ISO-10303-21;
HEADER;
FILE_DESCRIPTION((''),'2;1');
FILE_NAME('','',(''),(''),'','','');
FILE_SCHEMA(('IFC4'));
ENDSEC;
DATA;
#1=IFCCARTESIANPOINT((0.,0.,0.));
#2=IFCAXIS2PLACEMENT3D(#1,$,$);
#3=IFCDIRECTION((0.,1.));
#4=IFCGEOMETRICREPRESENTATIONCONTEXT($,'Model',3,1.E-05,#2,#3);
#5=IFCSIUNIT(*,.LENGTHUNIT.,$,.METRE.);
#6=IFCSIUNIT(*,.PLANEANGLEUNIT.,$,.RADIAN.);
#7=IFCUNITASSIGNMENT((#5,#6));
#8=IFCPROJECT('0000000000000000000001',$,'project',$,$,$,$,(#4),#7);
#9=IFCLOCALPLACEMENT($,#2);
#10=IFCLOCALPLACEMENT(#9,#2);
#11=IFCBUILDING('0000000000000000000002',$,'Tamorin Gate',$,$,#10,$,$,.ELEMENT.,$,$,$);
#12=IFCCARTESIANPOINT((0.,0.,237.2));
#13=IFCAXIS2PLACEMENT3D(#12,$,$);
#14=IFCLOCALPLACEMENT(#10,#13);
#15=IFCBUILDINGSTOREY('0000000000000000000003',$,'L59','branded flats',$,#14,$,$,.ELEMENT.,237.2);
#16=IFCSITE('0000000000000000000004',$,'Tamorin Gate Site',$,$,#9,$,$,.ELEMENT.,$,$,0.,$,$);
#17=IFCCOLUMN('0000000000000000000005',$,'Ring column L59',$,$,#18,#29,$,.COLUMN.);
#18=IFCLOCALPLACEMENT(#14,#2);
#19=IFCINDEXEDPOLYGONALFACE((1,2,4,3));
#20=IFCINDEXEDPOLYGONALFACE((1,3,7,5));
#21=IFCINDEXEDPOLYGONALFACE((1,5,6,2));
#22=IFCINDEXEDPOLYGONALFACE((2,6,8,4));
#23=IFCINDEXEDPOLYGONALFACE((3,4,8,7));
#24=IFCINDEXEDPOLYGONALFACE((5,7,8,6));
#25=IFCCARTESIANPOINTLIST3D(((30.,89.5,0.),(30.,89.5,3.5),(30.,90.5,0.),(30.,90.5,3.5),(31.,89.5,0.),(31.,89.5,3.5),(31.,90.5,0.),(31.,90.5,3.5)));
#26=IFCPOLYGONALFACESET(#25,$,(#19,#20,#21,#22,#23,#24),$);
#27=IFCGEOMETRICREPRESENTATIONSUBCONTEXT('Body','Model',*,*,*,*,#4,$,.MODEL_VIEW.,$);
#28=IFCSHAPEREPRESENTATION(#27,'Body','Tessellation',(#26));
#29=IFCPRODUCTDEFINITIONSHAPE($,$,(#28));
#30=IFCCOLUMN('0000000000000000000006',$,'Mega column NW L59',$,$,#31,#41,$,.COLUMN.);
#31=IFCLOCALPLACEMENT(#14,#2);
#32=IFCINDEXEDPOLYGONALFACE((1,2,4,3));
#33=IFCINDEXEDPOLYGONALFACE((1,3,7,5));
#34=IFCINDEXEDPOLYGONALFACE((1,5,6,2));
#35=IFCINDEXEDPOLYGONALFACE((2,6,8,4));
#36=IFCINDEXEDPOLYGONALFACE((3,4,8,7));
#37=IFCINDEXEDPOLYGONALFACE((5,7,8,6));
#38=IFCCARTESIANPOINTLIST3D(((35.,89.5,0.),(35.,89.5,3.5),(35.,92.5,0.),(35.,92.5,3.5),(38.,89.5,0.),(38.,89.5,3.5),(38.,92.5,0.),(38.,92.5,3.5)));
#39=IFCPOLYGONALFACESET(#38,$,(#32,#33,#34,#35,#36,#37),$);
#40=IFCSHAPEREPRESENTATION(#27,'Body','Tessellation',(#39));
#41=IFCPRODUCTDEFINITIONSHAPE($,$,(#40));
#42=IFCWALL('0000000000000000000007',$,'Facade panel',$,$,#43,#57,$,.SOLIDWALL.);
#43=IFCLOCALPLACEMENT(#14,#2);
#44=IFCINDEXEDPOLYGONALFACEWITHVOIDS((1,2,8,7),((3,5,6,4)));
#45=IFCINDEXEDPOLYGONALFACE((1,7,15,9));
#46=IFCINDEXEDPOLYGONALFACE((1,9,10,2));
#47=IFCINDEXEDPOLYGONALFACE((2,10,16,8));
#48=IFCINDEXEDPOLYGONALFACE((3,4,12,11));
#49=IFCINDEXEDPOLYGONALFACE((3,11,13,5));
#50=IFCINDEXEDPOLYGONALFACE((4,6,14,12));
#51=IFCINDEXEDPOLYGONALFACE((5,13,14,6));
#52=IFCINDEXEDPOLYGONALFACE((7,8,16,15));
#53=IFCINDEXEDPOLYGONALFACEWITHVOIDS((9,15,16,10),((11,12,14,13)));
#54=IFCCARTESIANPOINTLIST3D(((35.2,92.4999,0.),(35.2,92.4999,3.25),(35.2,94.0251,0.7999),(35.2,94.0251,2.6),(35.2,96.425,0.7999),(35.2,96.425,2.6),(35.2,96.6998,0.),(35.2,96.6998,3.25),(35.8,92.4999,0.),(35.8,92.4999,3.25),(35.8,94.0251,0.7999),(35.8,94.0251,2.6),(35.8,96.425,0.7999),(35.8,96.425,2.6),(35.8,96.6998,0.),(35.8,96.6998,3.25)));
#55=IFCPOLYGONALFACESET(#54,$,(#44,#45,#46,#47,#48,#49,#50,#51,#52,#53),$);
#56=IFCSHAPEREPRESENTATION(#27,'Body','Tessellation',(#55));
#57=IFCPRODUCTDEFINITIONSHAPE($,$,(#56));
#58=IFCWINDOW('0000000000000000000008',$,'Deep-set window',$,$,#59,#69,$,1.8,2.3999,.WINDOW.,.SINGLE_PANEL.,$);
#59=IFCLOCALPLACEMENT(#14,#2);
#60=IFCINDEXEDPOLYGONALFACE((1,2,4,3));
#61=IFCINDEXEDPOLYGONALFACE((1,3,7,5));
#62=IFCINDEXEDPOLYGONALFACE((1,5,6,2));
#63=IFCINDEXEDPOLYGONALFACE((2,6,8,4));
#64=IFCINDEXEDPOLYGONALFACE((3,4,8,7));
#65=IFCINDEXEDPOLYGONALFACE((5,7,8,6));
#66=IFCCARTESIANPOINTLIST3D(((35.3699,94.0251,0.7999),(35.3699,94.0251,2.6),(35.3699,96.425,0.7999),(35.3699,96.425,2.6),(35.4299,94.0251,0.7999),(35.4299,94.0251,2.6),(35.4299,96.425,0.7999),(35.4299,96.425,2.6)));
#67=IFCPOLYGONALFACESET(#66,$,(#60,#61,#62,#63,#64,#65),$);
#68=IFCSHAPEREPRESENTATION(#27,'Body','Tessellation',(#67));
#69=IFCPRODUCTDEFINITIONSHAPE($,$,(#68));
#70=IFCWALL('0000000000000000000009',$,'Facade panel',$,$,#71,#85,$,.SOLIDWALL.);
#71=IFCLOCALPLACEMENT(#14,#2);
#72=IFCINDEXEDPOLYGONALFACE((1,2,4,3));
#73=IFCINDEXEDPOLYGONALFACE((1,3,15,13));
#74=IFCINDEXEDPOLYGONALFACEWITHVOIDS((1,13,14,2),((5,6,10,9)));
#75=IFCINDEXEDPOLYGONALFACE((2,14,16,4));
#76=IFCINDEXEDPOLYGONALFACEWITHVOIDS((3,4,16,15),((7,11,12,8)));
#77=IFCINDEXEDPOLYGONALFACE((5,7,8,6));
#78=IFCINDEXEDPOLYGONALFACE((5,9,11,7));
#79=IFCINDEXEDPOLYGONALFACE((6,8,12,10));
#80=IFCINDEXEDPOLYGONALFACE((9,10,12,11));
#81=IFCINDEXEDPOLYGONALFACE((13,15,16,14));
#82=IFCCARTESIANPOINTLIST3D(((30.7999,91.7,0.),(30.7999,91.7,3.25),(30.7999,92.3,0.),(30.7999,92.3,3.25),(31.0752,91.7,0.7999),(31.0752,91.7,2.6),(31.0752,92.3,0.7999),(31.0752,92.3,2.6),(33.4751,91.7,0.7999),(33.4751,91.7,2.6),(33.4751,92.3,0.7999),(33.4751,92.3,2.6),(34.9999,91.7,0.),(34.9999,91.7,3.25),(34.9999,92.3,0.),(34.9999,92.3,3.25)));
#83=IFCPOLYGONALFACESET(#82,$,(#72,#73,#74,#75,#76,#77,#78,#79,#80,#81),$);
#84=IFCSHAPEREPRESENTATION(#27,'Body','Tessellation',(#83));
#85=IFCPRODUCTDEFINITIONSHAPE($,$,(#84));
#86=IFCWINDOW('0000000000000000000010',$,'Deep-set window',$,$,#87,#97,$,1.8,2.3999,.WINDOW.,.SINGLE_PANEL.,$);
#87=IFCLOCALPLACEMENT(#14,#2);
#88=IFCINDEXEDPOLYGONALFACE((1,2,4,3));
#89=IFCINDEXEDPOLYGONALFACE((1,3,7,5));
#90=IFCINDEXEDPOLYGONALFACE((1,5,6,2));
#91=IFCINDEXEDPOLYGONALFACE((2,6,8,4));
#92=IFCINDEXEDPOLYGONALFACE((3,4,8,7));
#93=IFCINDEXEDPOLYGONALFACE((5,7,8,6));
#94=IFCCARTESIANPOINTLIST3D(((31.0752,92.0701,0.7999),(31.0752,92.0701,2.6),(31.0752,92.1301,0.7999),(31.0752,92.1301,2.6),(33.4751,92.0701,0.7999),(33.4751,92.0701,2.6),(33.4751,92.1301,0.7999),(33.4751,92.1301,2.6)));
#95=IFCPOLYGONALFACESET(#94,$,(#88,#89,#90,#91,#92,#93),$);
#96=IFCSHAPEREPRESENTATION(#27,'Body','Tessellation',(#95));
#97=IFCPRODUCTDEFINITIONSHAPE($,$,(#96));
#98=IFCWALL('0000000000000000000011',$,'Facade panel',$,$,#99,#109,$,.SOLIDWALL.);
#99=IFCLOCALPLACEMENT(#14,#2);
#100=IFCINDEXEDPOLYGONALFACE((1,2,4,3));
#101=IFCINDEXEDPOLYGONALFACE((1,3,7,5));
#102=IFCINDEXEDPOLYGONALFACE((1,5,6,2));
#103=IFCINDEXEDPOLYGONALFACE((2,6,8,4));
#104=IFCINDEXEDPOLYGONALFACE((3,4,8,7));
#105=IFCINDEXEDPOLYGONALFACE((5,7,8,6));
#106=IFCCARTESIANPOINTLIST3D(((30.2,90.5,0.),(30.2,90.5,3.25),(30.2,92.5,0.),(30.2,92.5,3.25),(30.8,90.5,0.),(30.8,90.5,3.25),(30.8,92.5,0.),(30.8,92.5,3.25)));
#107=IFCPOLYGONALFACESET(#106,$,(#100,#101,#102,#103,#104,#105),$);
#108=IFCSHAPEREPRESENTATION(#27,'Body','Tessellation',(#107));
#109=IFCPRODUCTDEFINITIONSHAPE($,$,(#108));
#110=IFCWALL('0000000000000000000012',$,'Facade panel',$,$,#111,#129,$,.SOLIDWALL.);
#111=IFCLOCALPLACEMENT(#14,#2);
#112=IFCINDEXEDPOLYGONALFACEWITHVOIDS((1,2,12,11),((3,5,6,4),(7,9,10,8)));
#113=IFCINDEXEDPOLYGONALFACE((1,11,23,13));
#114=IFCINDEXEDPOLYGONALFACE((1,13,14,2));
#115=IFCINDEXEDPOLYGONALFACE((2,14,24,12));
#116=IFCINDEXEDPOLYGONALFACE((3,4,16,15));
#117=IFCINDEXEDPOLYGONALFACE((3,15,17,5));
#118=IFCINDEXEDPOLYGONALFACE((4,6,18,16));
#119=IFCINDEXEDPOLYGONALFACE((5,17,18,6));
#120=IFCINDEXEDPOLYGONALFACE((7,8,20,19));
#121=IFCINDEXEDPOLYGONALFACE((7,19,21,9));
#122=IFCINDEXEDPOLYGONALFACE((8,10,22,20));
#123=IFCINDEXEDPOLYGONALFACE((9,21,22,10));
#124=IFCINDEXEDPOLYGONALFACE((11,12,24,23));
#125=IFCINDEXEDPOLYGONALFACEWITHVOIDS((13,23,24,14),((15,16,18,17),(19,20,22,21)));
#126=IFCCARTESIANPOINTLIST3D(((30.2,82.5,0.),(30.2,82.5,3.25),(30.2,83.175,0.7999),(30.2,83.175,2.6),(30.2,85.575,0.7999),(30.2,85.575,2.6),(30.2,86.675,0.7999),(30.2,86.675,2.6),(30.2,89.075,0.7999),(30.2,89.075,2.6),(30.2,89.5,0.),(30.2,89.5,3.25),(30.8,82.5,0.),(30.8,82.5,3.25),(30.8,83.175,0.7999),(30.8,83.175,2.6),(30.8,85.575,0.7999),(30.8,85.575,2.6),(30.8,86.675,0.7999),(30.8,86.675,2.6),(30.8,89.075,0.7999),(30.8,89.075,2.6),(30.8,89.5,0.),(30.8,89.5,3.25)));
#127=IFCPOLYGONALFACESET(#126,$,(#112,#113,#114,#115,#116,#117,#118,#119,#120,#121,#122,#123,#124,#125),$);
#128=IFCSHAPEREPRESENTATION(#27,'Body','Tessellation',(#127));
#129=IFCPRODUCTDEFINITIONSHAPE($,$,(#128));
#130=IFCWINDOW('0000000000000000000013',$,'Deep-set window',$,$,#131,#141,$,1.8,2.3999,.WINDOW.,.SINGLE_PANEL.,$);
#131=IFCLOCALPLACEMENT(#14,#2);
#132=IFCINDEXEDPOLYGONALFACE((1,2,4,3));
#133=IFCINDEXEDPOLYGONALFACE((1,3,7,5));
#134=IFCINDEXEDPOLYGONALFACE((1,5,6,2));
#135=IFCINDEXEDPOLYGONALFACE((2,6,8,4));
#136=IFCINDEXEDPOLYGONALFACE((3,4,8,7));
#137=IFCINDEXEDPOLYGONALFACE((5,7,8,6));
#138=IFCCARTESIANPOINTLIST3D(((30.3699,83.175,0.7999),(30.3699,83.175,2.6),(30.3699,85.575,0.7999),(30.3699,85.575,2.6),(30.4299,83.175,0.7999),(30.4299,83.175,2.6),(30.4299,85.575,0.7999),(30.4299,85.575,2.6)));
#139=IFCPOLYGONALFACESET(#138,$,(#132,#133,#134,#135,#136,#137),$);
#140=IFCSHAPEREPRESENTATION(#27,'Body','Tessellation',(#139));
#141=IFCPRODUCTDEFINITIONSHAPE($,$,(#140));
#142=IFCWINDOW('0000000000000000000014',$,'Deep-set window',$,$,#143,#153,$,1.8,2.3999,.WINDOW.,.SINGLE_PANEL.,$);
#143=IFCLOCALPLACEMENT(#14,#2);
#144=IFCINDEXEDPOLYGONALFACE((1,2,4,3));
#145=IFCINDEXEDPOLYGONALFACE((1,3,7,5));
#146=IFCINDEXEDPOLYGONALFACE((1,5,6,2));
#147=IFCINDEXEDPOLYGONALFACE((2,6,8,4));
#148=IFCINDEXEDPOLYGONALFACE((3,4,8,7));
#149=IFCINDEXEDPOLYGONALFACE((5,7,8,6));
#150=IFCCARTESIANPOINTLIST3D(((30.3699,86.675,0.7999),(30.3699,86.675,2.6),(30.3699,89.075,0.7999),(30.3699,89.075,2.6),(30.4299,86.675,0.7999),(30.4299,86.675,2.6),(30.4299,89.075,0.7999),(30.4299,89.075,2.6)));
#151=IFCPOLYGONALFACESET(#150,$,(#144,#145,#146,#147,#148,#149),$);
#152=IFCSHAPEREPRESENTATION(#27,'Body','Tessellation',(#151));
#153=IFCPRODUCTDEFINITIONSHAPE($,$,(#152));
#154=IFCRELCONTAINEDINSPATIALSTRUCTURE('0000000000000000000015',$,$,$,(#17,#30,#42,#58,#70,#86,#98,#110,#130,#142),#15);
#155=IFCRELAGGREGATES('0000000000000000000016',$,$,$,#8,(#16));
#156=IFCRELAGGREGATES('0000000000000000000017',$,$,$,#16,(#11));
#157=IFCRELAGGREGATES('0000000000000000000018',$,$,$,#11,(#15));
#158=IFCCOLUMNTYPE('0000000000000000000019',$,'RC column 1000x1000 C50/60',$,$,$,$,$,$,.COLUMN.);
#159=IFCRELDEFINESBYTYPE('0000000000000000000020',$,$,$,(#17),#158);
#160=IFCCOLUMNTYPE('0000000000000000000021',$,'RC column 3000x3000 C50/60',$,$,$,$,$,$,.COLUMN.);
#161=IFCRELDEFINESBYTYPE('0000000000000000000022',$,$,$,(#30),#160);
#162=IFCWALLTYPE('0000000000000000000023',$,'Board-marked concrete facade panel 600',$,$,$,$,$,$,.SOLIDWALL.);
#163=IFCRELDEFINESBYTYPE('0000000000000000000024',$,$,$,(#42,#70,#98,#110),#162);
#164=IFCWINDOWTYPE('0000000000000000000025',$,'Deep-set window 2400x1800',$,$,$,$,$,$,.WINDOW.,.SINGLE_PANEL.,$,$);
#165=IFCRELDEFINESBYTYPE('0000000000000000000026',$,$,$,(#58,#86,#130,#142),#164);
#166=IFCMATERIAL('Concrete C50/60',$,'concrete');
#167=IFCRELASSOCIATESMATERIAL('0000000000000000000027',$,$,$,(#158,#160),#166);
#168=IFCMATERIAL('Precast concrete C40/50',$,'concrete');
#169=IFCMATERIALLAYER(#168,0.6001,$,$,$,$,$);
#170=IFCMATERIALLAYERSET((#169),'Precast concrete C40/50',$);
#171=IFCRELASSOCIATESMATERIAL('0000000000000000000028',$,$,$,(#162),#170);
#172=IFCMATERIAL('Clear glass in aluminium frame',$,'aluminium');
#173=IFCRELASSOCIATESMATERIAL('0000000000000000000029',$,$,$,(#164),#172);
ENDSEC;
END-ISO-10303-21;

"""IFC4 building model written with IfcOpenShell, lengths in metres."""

from ifc_helpers import new_model, si_unit, direction, frame, frame_2d, origin, origin_2d, place, context, subcontext, project, spatial, rectangle, extrude, material, layer, layer_set, material_profile, profile_set, type_object, element, fill, save


model = new_model("IFC4")

# Units and contexts
model_context = context("Model", 3, precision=1e-05, world=origin(), true_north=direction((0.0, 1.0)))
body_context = subcontext(model_context, "Body", "Model", "MODEL_VIEW")
ifc_project = project(units=[si_unit("LENGTHUNIT", "METRE"), si_unit("PLANEANGLEUNIT", "RADIAN")], contexts=[model_context])

# Site, building, storey
site_placement = place(None, origin())
site = spatial("IfcSite", under=ifc_project, at=site_placement, Name="Tamorin Gate Site", CompositionType="ELEMENT", RefElevation=0.0)
building_placement = place(site_placement, origin())
building = spatial("IfcBuilding", under=site, at=building_placement, Name="Tamorin Gate", CompositionType="ELEMENT")
storey_placement = place(building_placement, frame((0.0, 0.0, 237.2)))
storey = spatial("IfcBuildingStorey", under=building, at=storey_placement, Name="L59", Description="branded flats", CompositionType="ELEMENT", Elevation=237.2)

# Columns
ifc_material_1 = material(Name="Concrete C50/60", Category="concrete")
ifc_material_profile_1 = material_profile(ifc_material_1, rectangle(XDim=1.0, YDim=1.0, at=origin_2d()), Name="RC 1000x1000")
ifc_profile_set_1 = profile_set([ifc_material_profile_1], Name="Concrete C50/60")
column_type_1 = type_object("IfcColumnType", Name="RC column 1000x1000 C50/60", PredefinedType="COLUMN", material=ifc_profile_set_1)
column_1_placement = place(storey_placement, frame((30.5, 90.0, 0.0), z_axis=(0.0, 0.0, 1.0), x_axis=(1.0, 0.0, 0.0)))
element("IfcColumn", 1, at=column_1_placement, inside=storey, type_object=column_type_1, Name="Ring column L59", PredefinedType="COLUMN", context=body_context, shape_type="SweptSolid", body=[
    extrude(rectangle(XDim=1.0, YDim=1.0, at=origin_2d()), origin(), (0.0, 0.0, 1.0), 3.5),
])
ifc_material_profile_2 = material_profile(ifc_material_1, rectangle(XDim=3.0, YDim=3.0, at=origin_2d()), Name="RC 3000x3000")
ifc_profile_set_2 = profile_set([ifc_material_profile_2], Name="Concrete C50/60")
column_type_2 = type_object("IfcColumnType", Name="RC column 3000x3000 C50/60", PredefinedType="COLUMN", material=ifc_profile_set_2)
column_2_placement = place(storey_placement, frame((36.5, 91.0, 0.0), z_axis=(0.0, 0.0, 1.0), x_axis=(1.0, 0.0, 0.0)))
element("IfcColumn", 2, at=column_2_placement, inside=storey, type_object=column_type_2, Name="Mega column NW L59", PredefinedType="COLUMN", context=body_context, shape_type="SweptSolid", body=[
    extrude(rectangle(XDim=3.0, YDim=3.0, at=origin_2d()), origin(), (0.0, 0.0, 1.0), 3.5),
])

# Walls, openings, windows
ifc_material_2 = material(Name="Precast concrete C40/50", Category="concrete")
ifc_layer_1 = layer(ifc_material_2, 0.6001)
ifc_layer_set_1 = layer_set([ifc_layer_1], Name="Precast concrete C40/50")
wall_type_1 = type_object("IfcWallType", Name="Board-marked concrete facade panel 600", PredefinedType="SOLIDWALL", material=ifc_layer_set_1)
wall_1_placement = place(storey_placement, frame((35.5, 96.7, 0.0), z_axis=(0.0, 0.0, 1.0), x_axis=(0.0, -1.0, 0.0)))
wall_1 = element("IfcWall", 3, at=wall_1_placement, inside=storey, type_object=wall_type_1, Name="Facade panel", PredefinedType="SOLIDWALL", context=body_context, shape_type="SweptSolid", body=[
    extrude(rectangle(XDim=4.2, YDim=0.6001, at=frame_2d((2.1001, 0.0))), origin(), (0.0, 0.0, 1.0), 3.25),
])
opening_1_placement = place(wall_1_placement, frame((0.2749, 0.0, 0.8)))
opening_1 = element("IfcOpeningElement", 4, at=opening_1_placement, cuts=wall_1, PredefinedType="OPENING", context=body_context, shape_type="SweptSolid", body=[
    extrude(rectangle(XDim=2.3999, YDim=1.8, at=frame_2d((1.2, 0.8999))), frame((0.0, 0.3101, 0.0), z_axis=(0.0, -1.0, 0.0), x_axis=(1.0, 0.0, 0.0)), (0.0, 0.0, 1.0), 0.6201),
])
ifc_material_3 = material(Name="Clear glass in aluminium frame", Category="aluminium")
window_type = type_object("IfcWindowType", Name="Deep-set window 2400x1800", PartitioningType="SINGLE_PANEL", PredefinedType="WINDOW", material=ifc_material_3)
window_1_placement = place(opening_1_placement, origin())
window_1 = element("IfcWindow", 5, at=window_1_placement, inside=storey, type_object=window_type, Name="Deep-set window", OverallHeight=1.8, OverallWidth=2.3999, PartitioningType="SINGLE_PANEL", PredefinedType="WINDOW", context=body_context, shape_type="SweptSolid", body=[
    extrude(rectangle(XDim=2.3999, YDim=1.8, at=frame_2d((1.2, 0.8999))), frame((0.0, -0.0701, 0.0), z_axis=(0.0, -1.0, 0.0), x_axis=(1.0, 0.0, 0.0)), (0.0, 0.0, 1.0), 0.0601),
])
fill(opening_1, window_1)
wall_2_placement = place(storey_placement, frame((35.0, 92.0, 0.0), z_axis=(0.0, 0.0, 1.0), x_axis=(-1.0, 0.0, 0.0)))
wall_2 = element("IfcWall", 6, at=wall_2_placement, inside=storey, type_object=wall_type_1, Name="Facade panel", PredefinedType="SOLIDWALL", context=body_context, shape_type="SweptSolid", body=[
    extrude(rectangle(XDim=4.2, YDim=0.6001, at=frame_2d((2.1001, 0.0))), origin(), (0.0, 0.0, 1.0), 3.25),
])
opening_2_placement = place(wall_2_placement, frame((1.5249, 0.0, 0.8)))
opening_2 = element("IfcOpeningElement", 7, at=opening_2_placement, cuts=wall_2, PredefinedType="OPENING", context=body_context, shape_type="SweptSolid", body=[
    extrude(rectangle(XDim=2.3999, YDim=1.8, at=frame_2d((1.2, 0.8999))), frame((0.0, 0.3101, 0.0), z_axis=(0.0, -1.0, 0.0), x_axis=(1.0, 0.0, 0.0)), (0.0, 0.0, 1.0), 0.6201),
])
window_2_placement = place(opening_2_placement, origin())
window_2 = element("IfcWindow", 8, at=window_2_placement, inside=storey, type_object=window_type, Name="Deep-set window", OverallHeight=1.8, OverallWidth=2.3999, PartitioningType="SINGLE_PANEL", PredefinedType="WINDOW", context=body_context, shape_type="SweptSolid", body=[
    extrude(rectangle(XDim=2.3999, YDim=1.8, at=frame_2d((1.2, 0.8999))), frame((0.0, -0.0701, 0.0), z_axis=(0.0, -1.0, 0.0), x_axis=(1.0, 0.0, 0.0)), (0.0, 0.0, 1.0), 0.0601),
])
fill(opening_2, window_2)

# Wall
wall_3_placement = place(storey_placement, frame((30.5, 92.5, 0.0), z_axis=(0.0, 0.0, 1.0), x_axis=(0.0, -1.0, 0.0)))
element("IfcWall", 9, at=wall_3_placement, inside=storey, type_object=wall_type_1, Name="Facade panel", PredefinedType="SOLIDWALL", context=body_context, shape_type="SweptSolid", body=[
    extrude(rectangle(XDim=2.0, YDim=0.6001, at=frame_2d((1.0, 0.0))), origin(), (0.0, 0.0, 1.0), 3.25),
])

# Wall, openings, windows
wall_4_placement = place(storey_placement, frame((30.5, 89.5, 0.0), z_axis=(0.0, 0.0, 1.0), x_axis=(0.0, -1.0, 0.0)))
wall_4 = element("IfcWall", 10, at=wall_4_placement, inside=storey, type_object=wall_type_1, Name="Facade panel", PredefinedType="SOLIDWALL", context=body_context, shape_type="SweptSolid", body=[
    extrude(rectangle(XDim=7.0, YDim=0.6001, at=frame_2d((3.5, 0.0))), origin(), (0.0, 0.0, 1.0), 3.25),
])
opening_3_placement = place(wall_4_placement, frame((3.925, 0.0, 0.8)))
opening_3 = element("IfcOpeningElement", 11, at=opening_3_placement, cuts=wall_4, PredefinedType="OPENING", context=body_context, shape_type="SweptSolid", body=[
    extrude(rectangle(XDim=2.3999, YDim=1.8, at=frame_2d((1.2, 0.8999))), frame((0.0, 0.3101, 0.0), z_axis=(0.0, -1.0, 0.0), x_axis=(1.0, 0.0, 0.0)), (0.0, 0.0, 1.0), 0.6201),
])
opening_4_placement = place(wall_4_placement, frame((0.425, 0.0, 0.8)))
opening_4 = element("IfcOpeningElement", 12, at=opening_4_placement, cuts=wall_4, PredefinedType="OPENING", context=body_context, shape_type="SweptSolid", body=[
    extrude(rectangle(XDim=2.3999, YDim=1.8, at=frame_2d((1.2, 0.8999))), frame((0.0, 0.3101, 0.0), z_axis=(0.0, -1.0, 0.0), x_axis=(1.0, 0.0, 0.0)), (0.0, 0.0, 1.0), 0.6201),
])
window_3_placement = place(opening_3_placement, origin())
window_3 = element("IfcWindow", 13, at=window_3_placement, inside=storey, type_object=window_type, Name="Deep-set window", OverallHeight=1.8, OverallWidth=2.3999, PartitioningType="SINGLE_PANEL", PredefinedType="WINDOW", context=body_context, shape_type="SweptSolid", body=[
    extrude(rectangle(XDim=2.3999, YDim=1.8, at=frame_2d((1.2, 0.8999))), frame((0.0, -0.0701, 0.0), z_axis=(0.0, -1.0, 0.0), x_axis=(1.0, 0.0, 0.0)), (0.0, 0.0, 1.0), 0.0601),
])
fill(opening_3, window_3)
window_4_placement = place(opening_4_placement, origin())
window_4 = element("IfcWindow", 14, at=window_4_placement, inside=storey, type_object=window_type, Name="Deep-set window", OverallHeight=1.8, OverallWidth=2.3999, PartitioningType="SINGLE_PANEL", PredefinedType="WINDOW", context=body_context, shape_type="SweptSolid", body=[
    extrude(rectangle(XDim=2.3999, YDim=1.8, at=frame_2d((1.2, 0.8999))), frame((0.0, -0.0701, 0.0), z_axis=(0.0, -1.0, 0.0), x_axis=(1.0, 0.0, 0.0)), (0.0, 0.0, 1.0), 0.0601),
])
fill(opening_4, window_4)

save(model, "model.ifc")
